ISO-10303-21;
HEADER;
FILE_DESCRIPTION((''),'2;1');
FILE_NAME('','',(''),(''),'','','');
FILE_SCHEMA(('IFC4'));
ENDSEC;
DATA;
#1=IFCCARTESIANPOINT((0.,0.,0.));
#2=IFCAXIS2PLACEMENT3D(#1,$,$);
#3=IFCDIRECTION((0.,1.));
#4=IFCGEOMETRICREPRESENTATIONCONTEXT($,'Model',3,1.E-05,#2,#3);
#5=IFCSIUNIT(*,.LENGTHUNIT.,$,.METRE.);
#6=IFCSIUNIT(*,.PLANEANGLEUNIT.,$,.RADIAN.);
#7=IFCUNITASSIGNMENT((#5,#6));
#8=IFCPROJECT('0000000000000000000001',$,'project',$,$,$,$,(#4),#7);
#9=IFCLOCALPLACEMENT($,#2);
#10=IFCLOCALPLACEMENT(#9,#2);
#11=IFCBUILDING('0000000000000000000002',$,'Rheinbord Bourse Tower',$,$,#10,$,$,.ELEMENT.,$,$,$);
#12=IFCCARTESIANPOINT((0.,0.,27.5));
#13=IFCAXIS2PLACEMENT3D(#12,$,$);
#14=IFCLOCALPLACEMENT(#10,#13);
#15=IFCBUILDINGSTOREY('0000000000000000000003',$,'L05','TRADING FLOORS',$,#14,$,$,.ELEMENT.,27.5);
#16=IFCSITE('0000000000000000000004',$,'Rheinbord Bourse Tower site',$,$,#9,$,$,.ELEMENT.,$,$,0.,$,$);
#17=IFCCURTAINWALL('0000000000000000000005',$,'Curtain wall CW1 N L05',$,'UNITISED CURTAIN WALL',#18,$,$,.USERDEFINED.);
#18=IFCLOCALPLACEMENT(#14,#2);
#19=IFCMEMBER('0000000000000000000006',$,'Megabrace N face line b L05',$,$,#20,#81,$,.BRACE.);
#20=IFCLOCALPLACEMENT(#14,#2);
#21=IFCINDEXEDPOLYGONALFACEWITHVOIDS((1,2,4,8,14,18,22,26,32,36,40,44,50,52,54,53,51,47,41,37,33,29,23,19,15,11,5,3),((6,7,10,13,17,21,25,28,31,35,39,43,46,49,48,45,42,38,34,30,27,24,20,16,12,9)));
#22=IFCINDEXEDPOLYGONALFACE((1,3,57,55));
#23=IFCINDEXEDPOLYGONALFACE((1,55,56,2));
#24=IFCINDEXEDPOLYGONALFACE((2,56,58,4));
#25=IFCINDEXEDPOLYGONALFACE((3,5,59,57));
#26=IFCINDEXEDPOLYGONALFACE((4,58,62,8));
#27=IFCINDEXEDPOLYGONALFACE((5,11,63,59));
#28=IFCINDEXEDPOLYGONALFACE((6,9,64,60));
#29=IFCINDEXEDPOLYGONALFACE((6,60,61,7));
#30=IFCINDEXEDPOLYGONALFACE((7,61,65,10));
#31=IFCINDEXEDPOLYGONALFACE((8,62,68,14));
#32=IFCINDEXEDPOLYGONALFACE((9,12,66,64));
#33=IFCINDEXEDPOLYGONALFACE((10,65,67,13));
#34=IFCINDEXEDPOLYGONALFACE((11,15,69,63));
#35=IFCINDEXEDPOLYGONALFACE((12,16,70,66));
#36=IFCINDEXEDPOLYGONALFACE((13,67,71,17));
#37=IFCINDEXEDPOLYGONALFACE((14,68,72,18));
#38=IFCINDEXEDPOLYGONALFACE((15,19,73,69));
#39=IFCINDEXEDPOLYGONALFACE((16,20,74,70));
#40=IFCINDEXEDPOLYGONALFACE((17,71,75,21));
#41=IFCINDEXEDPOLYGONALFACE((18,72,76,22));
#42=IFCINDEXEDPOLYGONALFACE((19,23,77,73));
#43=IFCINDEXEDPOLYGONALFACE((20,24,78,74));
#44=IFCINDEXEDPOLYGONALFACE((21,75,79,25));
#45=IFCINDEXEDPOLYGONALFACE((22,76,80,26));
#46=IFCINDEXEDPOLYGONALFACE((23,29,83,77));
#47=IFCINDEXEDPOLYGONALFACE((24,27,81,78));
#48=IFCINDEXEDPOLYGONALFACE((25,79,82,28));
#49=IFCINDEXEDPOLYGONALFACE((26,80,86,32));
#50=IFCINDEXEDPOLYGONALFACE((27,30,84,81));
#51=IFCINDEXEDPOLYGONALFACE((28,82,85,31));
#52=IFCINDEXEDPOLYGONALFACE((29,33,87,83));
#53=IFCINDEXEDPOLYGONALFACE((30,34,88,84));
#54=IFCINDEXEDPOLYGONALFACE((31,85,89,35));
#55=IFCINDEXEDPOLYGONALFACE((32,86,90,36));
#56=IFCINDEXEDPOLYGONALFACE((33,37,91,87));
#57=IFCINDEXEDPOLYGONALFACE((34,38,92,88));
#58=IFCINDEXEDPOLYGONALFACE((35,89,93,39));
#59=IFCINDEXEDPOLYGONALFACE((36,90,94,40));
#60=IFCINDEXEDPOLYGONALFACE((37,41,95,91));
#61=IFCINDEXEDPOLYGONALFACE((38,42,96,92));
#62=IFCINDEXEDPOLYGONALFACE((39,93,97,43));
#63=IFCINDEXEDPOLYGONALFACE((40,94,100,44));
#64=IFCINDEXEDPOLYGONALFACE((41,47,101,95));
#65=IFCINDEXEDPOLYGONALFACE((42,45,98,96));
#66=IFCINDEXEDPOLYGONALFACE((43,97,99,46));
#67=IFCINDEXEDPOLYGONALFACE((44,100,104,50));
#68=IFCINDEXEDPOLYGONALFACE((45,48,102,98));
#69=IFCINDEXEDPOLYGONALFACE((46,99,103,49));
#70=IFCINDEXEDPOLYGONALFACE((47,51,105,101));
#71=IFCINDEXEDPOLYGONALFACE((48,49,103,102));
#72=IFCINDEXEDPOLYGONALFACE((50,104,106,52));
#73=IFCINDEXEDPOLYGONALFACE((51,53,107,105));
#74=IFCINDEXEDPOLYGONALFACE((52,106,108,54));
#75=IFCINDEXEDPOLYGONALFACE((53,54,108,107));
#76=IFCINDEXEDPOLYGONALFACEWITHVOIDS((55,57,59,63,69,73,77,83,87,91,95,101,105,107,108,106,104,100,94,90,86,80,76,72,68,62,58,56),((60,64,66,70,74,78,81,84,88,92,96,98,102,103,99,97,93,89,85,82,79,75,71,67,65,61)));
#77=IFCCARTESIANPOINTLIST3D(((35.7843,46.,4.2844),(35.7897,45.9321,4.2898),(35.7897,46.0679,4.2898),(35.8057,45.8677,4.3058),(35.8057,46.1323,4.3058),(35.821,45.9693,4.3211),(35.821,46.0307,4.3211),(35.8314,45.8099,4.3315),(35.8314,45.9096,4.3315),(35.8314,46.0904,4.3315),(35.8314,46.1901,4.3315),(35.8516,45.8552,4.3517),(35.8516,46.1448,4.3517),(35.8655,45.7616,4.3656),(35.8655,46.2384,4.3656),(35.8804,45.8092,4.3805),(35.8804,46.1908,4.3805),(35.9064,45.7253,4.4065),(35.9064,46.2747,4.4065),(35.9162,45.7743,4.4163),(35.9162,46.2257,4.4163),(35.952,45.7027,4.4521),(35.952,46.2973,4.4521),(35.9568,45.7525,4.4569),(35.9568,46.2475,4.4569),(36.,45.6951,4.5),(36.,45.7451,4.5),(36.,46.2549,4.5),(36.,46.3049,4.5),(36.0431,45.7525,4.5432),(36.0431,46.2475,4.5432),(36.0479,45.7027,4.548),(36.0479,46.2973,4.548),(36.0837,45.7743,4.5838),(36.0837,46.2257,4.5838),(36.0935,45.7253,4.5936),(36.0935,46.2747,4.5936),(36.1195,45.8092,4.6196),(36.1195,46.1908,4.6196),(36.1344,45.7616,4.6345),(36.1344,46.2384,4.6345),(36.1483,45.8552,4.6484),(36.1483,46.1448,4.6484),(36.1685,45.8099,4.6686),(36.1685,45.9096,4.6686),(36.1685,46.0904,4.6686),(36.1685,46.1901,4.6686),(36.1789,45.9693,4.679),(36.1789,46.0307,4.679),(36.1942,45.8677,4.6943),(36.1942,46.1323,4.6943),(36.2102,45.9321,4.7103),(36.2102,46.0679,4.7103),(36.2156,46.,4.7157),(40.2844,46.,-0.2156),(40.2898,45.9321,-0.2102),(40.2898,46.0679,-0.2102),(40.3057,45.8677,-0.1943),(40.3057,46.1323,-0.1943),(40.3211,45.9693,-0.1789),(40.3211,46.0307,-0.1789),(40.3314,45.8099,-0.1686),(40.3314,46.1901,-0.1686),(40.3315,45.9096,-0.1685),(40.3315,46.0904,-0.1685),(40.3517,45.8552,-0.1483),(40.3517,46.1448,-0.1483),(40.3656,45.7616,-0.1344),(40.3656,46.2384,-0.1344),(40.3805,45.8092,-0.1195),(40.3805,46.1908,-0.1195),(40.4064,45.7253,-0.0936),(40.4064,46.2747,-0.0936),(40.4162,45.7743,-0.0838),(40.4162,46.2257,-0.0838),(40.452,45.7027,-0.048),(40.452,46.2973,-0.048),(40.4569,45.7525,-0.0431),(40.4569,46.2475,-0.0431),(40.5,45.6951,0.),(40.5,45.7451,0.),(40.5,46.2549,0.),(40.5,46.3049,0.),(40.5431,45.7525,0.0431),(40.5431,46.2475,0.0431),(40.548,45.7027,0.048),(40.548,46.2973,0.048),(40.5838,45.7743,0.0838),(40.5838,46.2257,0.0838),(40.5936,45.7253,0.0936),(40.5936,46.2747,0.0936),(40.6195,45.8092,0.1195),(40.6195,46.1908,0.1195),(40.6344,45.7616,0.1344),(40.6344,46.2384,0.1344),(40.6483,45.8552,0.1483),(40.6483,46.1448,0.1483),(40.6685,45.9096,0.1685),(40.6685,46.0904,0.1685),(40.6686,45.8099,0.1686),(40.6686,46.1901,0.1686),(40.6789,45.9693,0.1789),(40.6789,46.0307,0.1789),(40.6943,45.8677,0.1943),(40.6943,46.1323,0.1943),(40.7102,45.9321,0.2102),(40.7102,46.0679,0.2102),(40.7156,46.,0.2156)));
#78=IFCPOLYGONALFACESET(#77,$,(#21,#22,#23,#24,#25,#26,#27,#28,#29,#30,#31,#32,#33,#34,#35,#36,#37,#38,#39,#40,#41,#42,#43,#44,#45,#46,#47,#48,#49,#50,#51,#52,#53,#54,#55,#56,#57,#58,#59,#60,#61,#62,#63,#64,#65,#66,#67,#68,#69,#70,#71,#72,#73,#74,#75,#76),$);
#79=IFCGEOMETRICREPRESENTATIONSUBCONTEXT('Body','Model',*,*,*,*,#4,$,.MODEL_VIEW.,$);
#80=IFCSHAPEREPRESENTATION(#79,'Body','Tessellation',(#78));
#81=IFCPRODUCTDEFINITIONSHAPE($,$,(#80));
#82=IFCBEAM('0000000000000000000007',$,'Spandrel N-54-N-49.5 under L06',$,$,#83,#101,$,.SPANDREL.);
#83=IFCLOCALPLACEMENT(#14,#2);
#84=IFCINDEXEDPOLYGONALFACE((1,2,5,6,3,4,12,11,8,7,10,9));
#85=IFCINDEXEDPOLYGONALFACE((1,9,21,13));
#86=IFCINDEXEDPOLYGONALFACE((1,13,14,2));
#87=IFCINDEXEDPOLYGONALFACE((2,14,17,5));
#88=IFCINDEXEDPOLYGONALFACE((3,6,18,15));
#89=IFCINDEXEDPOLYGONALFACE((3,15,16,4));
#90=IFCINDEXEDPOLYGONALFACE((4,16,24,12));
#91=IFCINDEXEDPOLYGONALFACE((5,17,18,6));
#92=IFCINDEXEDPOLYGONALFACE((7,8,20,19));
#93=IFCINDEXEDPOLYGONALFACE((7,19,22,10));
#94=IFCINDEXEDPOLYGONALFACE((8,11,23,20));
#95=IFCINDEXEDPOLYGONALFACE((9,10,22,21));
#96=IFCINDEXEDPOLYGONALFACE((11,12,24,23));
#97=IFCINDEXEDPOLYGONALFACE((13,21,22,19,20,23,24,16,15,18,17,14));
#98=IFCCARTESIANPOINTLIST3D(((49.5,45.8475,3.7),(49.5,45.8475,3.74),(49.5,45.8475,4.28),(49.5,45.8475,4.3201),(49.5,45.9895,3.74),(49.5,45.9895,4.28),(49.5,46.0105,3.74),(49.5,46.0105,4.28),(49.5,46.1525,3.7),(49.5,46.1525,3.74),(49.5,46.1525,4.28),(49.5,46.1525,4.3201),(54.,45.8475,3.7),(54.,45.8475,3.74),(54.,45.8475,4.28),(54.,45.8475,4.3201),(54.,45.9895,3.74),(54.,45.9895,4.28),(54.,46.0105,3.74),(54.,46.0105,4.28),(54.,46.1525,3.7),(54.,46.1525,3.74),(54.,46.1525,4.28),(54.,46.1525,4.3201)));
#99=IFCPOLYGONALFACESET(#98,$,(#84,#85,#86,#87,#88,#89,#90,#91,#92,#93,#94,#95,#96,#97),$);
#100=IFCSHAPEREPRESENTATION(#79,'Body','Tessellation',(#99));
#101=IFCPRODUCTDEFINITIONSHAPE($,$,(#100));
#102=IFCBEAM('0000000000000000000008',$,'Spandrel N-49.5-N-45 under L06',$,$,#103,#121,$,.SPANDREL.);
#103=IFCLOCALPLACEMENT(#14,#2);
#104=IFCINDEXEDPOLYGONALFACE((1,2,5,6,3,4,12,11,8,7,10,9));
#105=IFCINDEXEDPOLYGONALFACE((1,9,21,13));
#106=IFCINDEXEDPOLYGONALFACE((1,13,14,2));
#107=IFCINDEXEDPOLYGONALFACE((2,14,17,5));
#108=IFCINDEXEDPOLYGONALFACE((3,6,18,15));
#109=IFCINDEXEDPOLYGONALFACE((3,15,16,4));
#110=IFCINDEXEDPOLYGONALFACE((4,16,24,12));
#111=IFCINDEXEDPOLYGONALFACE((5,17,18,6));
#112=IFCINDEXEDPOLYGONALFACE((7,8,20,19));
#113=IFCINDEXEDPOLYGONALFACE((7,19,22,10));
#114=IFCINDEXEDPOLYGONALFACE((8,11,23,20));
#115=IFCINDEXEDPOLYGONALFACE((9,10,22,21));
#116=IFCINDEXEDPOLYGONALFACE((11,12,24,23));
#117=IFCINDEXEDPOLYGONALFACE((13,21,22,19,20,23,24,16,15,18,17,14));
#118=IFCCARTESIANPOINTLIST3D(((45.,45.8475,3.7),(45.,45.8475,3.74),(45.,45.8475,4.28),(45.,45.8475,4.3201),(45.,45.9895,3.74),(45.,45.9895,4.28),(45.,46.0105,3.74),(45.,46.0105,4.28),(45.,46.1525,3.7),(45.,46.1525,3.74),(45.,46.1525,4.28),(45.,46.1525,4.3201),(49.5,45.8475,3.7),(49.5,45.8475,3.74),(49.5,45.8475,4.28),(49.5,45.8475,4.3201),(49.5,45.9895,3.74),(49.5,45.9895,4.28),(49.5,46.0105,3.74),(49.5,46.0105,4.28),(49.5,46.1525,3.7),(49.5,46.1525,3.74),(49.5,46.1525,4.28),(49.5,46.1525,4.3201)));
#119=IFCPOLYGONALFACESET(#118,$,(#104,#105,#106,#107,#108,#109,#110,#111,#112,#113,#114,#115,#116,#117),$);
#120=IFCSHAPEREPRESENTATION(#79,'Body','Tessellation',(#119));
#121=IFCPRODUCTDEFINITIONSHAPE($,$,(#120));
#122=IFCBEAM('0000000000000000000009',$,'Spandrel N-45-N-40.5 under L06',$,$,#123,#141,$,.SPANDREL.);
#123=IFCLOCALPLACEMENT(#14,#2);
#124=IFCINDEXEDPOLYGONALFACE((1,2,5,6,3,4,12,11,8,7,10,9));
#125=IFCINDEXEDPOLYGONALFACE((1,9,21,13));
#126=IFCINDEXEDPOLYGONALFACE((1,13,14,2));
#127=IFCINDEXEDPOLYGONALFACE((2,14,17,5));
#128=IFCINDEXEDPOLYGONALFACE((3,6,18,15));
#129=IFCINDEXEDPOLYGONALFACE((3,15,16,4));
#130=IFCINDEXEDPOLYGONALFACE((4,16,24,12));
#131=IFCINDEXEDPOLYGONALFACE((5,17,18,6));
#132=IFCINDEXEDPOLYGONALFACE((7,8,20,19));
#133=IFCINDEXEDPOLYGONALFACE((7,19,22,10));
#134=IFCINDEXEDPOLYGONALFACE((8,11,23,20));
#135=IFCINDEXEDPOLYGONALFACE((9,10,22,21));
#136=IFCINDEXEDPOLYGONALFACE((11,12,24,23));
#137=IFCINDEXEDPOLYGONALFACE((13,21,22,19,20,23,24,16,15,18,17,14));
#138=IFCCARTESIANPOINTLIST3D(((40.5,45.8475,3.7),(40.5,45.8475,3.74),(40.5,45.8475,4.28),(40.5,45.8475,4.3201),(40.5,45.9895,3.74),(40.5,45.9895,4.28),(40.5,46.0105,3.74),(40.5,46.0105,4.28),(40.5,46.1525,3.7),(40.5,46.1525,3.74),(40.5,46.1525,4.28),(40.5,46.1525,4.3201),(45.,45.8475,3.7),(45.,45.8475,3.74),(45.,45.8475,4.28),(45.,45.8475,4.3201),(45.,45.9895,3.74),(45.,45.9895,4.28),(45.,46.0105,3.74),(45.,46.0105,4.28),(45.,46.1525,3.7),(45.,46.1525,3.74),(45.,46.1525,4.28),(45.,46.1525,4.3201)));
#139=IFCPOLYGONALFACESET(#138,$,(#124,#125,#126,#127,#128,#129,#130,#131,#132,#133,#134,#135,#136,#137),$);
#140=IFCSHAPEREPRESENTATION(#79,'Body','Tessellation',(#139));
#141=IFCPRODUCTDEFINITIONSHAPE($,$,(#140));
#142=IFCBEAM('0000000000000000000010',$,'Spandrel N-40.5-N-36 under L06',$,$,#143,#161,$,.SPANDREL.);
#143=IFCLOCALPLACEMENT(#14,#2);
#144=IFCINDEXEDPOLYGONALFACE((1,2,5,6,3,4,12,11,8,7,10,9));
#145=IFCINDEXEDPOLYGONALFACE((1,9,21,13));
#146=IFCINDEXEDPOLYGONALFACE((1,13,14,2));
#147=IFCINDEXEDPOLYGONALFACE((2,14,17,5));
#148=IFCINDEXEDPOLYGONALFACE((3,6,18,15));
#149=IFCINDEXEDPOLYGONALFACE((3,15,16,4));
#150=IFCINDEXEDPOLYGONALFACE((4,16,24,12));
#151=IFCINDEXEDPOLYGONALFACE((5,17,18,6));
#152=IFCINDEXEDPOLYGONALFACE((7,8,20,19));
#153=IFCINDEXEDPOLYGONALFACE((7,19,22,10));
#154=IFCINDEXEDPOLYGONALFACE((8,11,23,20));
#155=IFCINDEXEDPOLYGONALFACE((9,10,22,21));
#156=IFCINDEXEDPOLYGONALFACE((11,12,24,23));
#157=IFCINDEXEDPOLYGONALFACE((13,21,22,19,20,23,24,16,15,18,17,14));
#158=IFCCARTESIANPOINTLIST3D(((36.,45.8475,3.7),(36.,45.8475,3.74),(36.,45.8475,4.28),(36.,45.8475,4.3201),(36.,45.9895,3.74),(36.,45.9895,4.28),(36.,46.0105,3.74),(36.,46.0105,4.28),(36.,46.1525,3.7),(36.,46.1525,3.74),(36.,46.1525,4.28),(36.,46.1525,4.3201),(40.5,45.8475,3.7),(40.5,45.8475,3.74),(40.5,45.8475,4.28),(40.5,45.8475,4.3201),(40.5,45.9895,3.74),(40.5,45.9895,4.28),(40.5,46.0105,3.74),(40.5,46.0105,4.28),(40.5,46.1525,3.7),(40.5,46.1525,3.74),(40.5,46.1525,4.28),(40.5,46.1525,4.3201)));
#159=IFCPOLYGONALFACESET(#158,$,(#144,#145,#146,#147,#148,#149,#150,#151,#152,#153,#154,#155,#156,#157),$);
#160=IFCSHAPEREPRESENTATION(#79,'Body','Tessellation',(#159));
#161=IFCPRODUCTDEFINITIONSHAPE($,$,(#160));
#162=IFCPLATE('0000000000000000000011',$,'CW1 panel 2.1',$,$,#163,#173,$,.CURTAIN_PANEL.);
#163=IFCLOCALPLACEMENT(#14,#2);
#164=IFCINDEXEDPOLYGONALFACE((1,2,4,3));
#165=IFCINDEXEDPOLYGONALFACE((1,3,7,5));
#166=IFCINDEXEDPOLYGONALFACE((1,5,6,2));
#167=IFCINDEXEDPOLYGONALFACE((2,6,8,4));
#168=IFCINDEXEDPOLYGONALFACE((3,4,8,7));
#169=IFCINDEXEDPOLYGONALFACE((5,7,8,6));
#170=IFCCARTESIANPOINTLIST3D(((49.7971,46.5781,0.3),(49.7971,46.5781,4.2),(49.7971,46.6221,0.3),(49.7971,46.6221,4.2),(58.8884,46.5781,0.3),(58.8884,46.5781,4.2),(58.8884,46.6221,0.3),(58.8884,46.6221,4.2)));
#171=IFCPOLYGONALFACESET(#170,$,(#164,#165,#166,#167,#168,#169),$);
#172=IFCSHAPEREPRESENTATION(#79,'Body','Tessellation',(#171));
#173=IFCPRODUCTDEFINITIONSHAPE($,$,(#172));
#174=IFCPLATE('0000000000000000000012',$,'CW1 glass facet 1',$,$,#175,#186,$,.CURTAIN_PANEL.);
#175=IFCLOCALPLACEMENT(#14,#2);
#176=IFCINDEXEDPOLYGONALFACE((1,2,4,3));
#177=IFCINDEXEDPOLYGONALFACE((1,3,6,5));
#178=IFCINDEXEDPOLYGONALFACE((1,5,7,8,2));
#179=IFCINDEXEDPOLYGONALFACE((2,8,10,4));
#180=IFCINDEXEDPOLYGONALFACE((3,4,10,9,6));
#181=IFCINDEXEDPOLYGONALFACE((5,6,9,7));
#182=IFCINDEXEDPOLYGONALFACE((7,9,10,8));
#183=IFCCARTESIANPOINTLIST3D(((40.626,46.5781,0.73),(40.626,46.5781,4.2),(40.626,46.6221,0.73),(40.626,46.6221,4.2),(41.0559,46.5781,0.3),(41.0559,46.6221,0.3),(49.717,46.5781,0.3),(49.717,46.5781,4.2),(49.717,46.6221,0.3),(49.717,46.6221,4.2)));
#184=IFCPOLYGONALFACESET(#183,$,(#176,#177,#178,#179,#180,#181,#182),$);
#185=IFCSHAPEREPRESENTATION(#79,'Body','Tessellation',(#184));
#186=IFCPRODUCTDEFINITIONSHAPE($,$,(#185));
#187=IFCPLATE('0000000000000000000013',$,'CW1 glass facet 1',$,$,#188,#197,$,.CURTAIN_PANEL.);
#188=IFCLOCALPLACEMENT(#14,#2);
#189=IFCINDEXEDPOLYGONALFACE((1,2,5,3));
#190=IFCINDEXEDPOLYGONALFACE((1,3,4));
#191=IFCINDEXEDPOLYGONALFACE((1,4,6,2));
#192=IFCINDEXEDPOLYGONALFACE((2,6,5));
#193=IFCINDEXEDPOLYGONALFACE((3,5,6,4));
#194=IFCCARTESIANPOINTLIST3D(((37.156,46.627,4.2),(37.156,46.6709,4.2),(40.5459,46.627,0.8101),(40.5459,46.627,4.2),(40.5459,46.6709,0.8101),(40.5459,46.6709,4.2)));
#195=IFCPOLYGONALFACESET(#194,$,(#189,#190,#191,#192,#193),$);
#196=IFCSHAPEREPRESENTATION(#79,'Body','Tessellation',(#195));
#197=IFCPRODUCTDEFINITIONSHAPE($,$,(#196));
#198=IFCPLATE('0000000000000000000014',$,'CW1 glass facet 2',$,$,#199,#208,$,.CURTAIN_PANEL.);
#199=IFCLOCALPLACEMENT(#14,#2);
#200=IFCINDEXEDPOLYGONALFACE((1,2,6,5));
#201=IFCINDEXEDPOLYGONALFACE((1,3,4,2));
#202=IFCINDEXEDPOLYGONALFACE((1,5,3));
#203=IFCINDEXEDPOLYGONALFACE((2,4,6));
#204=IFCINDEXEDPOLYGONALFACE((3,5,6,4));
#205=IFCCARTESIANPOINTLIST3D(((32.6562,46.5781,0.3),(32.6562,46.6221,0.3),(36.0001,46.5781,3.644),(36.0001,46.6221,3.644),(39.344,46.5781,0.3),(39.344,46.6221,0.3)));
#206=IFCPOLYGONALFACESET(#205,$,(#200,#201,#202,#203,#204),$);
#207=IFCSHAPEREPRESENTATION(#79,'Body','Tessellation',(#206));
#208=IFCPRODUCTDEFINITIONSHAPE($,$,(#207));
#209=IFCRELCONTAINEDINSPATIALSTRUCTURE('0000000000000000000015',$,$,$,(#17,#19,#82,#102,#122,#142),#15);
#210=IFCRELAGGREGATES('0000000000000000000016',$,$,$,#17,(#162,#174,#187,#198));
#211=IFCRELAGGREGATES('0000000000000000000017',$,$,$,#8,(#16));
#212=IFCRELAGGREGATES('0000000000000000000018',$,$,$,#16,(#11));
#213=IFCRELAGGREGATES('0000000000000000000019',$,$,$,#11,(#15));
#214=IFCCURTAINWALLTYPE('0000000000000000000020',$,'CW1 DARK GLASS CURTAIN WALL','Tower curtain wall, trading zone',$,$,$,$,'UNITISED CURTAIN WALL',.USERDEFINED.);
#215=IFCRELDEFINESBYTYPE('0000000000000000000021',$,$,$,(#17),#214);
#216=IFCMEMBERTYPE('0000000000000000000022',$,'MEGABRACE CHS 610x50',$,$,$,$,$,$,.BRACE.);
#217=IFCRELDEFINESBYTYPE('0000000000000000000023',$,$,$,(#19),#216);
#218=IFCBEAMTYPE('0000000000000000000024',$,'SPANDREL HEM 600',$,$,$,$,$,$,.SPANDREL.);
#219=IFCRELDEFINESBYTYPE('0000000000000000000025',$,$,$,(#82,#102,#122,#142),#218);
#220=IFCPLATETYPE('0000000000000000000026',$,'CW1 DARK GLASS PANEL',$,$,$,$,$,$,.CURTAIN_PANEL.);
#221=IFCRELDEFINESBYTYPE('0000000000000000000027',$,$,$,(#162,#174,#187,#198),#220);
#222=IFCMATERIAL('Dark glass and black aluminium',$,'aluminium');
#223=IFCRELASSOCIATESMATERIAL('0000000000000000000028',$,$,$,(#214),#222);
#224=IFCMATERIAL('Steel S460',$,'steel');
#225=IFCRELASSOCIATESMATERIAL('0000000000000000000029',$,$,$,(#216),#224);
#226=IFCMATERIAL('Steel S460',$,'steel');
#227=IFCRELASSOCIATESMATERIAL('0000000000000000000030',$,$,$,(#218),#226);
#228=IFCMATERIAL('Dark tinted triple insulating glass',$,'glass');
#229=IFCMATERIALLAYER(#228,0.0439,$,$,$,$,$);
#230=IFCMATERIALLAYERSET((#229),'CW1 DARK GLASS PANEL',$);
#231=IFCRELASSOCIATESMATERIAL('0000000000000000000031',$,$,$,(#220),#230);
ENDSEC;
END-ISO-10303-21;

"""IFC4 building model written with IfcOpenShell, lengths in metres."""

from ifc_helpers import new_model, si_unit, direction, frame, origin, origin_2d, place, context, subcontext, project, spatial, polyline, rectangle, hollow_circle, i_section, outline, extrude, material, layer, layer_set, material_profile, profile_set, type_object, element, aggregate, save


model = new_model("IFC4")

# Units and contexts
model_context = context("Model", 3, precision=1e-05, world=origin(), true_north=direction((0.0, 1.0)))
body_context = subcontext(model_context, "Body", "Model", "MODEL_VIEW")
ifc_project = project(units=[si_unit("LENGTHUNIT", "METRE"), si_unit("PLANEANGLEUNIT", "RADIAN")], contexts=[model_context])

# Site, building, storey
site_placement = place(None, origin())
site = spatial("IfcSite", under=ifc_project, at=site_placement, Name="Rheinbord Bourse Tower site", CompositionType="ELEMENT", RefElevation=0.0)
building_placement = place(site_placement, origin())
building = spatial("IfcBuilding", under=site, at=building_placement, Name="Rheinbord Bourse Tower", CompositionType="ELEMENT")
storey_placement = place(building_placement, frame((0.0, 0.0, 27.5)))
storey = spatial("IfcBuildingStorey", under=building, at=storey_placement, Name="L05", Description="TRADING FLOORS", CompositionType="ELEMENT", Elevation=27.5)

# Curtain wall
ifc_material_1 = material(Name="Dark glass and black aluminium", Category="aluminium")
curtain_wall_type = type_object("IfcCurtainWallType", Name="CW1 DARK GLASS CURTAIN WALL", Description="Tower curtain wall, trading zone", ElementType="UNITISED CURTAIN WALL", PredefinedType="USERDEFINED", material=ifc_material_1)
curtain_wall_placement = place(storey_placement, origin())
curtain_wall = element("IfcCurtainWall", 1, at=curtain_wall_placement, inside=storey, type_object=curtain_wall_type, Name="Curtain wall CW1 N L05", ObjectType="UNITISED CURTAIN WALL", PredefinedType="USERDEFINED")

# Member
ifc_material_2 = material(Name="Steel S460", Category="steel")
ifc_material_profile_1 = material_profile(ifc_material_2, hollow_circle(Radius=0.3049, WallThickness=0.05, at=origin_2d()), Name="CHS 610x50")
ifc_profile_set_1 = profile_set([ifc_material_profile_1], Name="Steel S460")
member_type_1 = type_object("IfcMemberType", Name="MEGABRACE CHS 610x50", PredefinedType="BRACE", material=ifc_profile_set_1)
member_1_placement = place(storey_placement, frame((40.5, 46.0, 0.0), z_axis=(-0.707107, 0.0, 0.707107), x_axis=(0.0, -1.0, 0.0)))
element("IfcMember", 2, at=member_1_placement, inside=storey, type_object=member_type_1, Name="Megabrace N face line b L05", PredefinedType="BRACE", context=body_context, shape_type="SweptSolid", body=[
    extrude(hollow_circle(Radius=0.3049, WallThickness=0.05, at=origin_2d()), origin(), (0.0, 0.0, 1.0), 6.364),
])

# Beams
ifc_material_3 = material(Name="Steel S460", Category="steel")
ifc_material_profile_2 = material_profile(ifc_material_3, i_section(OverallWidth=0.3049, OverallDepth=0.6201, WebThickness=0.021, FlangeThickness=0.04, at=origin_2d()), Name="HEM 600")
ifc_profile_set_2 = profile_set([ifc_material_profile_2], Name="Steel S460")
beam_type_1 = type_object("IfcBeamType", Name="SPANDREL HEM 600", PredefinedType="SPANDREL", material=ifc_profile_set_2)
for number, where, z_axis, x_axis, name in (
    (3, (54.0, 46.0, 4.01), (-1.0, 0.0, 0.0), (0.0, -1.0, 0.0), "Spandrel N-54-N-49.5 under L06"),
    (4, (49.5, 46.0, 4.01), (-1.0, 0.0, 0.0), (0.0, -1.0, 0.0), "Spandrel N-49.5-N-45 under L06"),
    (5, (45.0, 46.0, 4.01), (-1.0, 0.0, 0.0), (0.0, -1.0, 0.0), "Spandrel N-45-N-40.5 under L06"),
    (6, (40.5, 46.0, 4.01), (-1.0, 0.0, 0.0), (0.0, -1.0, 0.0), "Spandrel N-40.5-N-36 under L06"),
):
    element("IfcBeam", number, at=place(storey_placement, frame(where, z_axis=z_axis, x_axis=x_axis)), inside=storey, type_object=beam_type_1, Name=name, PredefinedType="SPANDREL", context=body_context, shape_type="SweptSolid", body=[
        extrude(i_section(OverallWidth=0.3049, OverallDepth=0.6201, WebThickness=0.021, FlangeThickness=0.04, at=origin_2d()), origin(), (0.0, 0.0, 1.0), 4.5),
    ])

# Plates
ifc_material_4 = material(Name="Dark tinted triple insulating glass", Category="glass")
ifc_layer_1 = layer(ifc_material_4, 0.0439)
ifc_layer_set_1 = layer_set([ifc_layer_1], Name="CW1 DARK GLASS PANEL")
plate_type = type_object("IfcPlateType", Name="CW1 DARK GLASS PANEL", PredefinedType="CURTAIN_PANEL", material=ifc_layer_set_1)
plate_1_placement = place(storey_placement, frame((54.3428, 46.6001, 0.3), z_axis=(0.0, 0.0, 1.0), x_axis=(-1.0, 0.0, 0.0)))
plate_1 = element("IfcPlate", 7, at=plate_1_placement, type_object=plate_type, Name="CW1 panel 2.1", PredefinedType="CURTAIN_PANEL", context=body_context, shape_type="SweptSolid", body=[
    extrude(rectangle(XDim=9.0913, YDim=0.0439, at=origin_2d()), origin(), (0.0, 0.0, 1.0), 3.8999),
])
plate_2_placement = place(storey_placement, frame((49.717, 46.6221, 0.3), z_axis=(0.0, -1.0, 0.0), x_axis=(0.0, 0.0, 1.0)))
plate_2 = element("IfcPlate", 8, at=plate_2_placement, type_object=plate_type, Name="CW1 glass facet 1", PredefinedType="CURTAIN_PANEL", context=body_context, shape_type="SweptSolid", body=[
    extrude(outline(polyline([(0.0, 0.0), (3.8999, 0.0), (3.8999, 9.0911), (0.4299, 9.0911), (0.0, 8.6611), (0.0, 0.0)])), origin(), (0.0, 0.0, 1.0), 0.0439),
])
plate_3_placement = place(storey_placement, frame((40.5459, 46.6709, 4.2), z_axis=(0.0, -1.0, 0.0), x_axis=(-1.0, 0.0, 0.0)))
plate_3 = element("IfcPlate", 9, at=plate_3_placement, type_object=plate_type, Name="CW1 glass facet 1", PredefinedType="CURTAIN_PANEL", context=body_context, shape_type="SweptSolid", body=[
    extrude(outline(polyline([(0.0, 0.0), (3.3899, 0.0), (0.0, 3.3899), (0.0, 0.0)])), origin(), (0.0, 0.0, 1.0), 0.0439),
])
plate_4_placement = place(storey_placement, frame((39.344, 46.6221, 0.3), z_axis=(0.0, -1.0, 0.0), x_axis=(-0.707107, 0.0, 0.707107)))
plate_4 = element("IfcPlate", 10, at=plate_4_placement, type_object=plate_type, Name="CW1 glass facet 2", PredefinedType="CURTAIN_PANEL", context=body_context, shape_type="SweptSolid", body=[
    extrude(outline(polyline([(0.0, 0.0), (4.729, 0.0), (4.729, 4.729), (0.0, 0.0)])), origin(), (0.0, 0.0, 1.0), 0.0439),
])
aggregate(curtain_wall, [plate_1, plate_2, plate_3, plate_4])

save(model, "model.ifc")
